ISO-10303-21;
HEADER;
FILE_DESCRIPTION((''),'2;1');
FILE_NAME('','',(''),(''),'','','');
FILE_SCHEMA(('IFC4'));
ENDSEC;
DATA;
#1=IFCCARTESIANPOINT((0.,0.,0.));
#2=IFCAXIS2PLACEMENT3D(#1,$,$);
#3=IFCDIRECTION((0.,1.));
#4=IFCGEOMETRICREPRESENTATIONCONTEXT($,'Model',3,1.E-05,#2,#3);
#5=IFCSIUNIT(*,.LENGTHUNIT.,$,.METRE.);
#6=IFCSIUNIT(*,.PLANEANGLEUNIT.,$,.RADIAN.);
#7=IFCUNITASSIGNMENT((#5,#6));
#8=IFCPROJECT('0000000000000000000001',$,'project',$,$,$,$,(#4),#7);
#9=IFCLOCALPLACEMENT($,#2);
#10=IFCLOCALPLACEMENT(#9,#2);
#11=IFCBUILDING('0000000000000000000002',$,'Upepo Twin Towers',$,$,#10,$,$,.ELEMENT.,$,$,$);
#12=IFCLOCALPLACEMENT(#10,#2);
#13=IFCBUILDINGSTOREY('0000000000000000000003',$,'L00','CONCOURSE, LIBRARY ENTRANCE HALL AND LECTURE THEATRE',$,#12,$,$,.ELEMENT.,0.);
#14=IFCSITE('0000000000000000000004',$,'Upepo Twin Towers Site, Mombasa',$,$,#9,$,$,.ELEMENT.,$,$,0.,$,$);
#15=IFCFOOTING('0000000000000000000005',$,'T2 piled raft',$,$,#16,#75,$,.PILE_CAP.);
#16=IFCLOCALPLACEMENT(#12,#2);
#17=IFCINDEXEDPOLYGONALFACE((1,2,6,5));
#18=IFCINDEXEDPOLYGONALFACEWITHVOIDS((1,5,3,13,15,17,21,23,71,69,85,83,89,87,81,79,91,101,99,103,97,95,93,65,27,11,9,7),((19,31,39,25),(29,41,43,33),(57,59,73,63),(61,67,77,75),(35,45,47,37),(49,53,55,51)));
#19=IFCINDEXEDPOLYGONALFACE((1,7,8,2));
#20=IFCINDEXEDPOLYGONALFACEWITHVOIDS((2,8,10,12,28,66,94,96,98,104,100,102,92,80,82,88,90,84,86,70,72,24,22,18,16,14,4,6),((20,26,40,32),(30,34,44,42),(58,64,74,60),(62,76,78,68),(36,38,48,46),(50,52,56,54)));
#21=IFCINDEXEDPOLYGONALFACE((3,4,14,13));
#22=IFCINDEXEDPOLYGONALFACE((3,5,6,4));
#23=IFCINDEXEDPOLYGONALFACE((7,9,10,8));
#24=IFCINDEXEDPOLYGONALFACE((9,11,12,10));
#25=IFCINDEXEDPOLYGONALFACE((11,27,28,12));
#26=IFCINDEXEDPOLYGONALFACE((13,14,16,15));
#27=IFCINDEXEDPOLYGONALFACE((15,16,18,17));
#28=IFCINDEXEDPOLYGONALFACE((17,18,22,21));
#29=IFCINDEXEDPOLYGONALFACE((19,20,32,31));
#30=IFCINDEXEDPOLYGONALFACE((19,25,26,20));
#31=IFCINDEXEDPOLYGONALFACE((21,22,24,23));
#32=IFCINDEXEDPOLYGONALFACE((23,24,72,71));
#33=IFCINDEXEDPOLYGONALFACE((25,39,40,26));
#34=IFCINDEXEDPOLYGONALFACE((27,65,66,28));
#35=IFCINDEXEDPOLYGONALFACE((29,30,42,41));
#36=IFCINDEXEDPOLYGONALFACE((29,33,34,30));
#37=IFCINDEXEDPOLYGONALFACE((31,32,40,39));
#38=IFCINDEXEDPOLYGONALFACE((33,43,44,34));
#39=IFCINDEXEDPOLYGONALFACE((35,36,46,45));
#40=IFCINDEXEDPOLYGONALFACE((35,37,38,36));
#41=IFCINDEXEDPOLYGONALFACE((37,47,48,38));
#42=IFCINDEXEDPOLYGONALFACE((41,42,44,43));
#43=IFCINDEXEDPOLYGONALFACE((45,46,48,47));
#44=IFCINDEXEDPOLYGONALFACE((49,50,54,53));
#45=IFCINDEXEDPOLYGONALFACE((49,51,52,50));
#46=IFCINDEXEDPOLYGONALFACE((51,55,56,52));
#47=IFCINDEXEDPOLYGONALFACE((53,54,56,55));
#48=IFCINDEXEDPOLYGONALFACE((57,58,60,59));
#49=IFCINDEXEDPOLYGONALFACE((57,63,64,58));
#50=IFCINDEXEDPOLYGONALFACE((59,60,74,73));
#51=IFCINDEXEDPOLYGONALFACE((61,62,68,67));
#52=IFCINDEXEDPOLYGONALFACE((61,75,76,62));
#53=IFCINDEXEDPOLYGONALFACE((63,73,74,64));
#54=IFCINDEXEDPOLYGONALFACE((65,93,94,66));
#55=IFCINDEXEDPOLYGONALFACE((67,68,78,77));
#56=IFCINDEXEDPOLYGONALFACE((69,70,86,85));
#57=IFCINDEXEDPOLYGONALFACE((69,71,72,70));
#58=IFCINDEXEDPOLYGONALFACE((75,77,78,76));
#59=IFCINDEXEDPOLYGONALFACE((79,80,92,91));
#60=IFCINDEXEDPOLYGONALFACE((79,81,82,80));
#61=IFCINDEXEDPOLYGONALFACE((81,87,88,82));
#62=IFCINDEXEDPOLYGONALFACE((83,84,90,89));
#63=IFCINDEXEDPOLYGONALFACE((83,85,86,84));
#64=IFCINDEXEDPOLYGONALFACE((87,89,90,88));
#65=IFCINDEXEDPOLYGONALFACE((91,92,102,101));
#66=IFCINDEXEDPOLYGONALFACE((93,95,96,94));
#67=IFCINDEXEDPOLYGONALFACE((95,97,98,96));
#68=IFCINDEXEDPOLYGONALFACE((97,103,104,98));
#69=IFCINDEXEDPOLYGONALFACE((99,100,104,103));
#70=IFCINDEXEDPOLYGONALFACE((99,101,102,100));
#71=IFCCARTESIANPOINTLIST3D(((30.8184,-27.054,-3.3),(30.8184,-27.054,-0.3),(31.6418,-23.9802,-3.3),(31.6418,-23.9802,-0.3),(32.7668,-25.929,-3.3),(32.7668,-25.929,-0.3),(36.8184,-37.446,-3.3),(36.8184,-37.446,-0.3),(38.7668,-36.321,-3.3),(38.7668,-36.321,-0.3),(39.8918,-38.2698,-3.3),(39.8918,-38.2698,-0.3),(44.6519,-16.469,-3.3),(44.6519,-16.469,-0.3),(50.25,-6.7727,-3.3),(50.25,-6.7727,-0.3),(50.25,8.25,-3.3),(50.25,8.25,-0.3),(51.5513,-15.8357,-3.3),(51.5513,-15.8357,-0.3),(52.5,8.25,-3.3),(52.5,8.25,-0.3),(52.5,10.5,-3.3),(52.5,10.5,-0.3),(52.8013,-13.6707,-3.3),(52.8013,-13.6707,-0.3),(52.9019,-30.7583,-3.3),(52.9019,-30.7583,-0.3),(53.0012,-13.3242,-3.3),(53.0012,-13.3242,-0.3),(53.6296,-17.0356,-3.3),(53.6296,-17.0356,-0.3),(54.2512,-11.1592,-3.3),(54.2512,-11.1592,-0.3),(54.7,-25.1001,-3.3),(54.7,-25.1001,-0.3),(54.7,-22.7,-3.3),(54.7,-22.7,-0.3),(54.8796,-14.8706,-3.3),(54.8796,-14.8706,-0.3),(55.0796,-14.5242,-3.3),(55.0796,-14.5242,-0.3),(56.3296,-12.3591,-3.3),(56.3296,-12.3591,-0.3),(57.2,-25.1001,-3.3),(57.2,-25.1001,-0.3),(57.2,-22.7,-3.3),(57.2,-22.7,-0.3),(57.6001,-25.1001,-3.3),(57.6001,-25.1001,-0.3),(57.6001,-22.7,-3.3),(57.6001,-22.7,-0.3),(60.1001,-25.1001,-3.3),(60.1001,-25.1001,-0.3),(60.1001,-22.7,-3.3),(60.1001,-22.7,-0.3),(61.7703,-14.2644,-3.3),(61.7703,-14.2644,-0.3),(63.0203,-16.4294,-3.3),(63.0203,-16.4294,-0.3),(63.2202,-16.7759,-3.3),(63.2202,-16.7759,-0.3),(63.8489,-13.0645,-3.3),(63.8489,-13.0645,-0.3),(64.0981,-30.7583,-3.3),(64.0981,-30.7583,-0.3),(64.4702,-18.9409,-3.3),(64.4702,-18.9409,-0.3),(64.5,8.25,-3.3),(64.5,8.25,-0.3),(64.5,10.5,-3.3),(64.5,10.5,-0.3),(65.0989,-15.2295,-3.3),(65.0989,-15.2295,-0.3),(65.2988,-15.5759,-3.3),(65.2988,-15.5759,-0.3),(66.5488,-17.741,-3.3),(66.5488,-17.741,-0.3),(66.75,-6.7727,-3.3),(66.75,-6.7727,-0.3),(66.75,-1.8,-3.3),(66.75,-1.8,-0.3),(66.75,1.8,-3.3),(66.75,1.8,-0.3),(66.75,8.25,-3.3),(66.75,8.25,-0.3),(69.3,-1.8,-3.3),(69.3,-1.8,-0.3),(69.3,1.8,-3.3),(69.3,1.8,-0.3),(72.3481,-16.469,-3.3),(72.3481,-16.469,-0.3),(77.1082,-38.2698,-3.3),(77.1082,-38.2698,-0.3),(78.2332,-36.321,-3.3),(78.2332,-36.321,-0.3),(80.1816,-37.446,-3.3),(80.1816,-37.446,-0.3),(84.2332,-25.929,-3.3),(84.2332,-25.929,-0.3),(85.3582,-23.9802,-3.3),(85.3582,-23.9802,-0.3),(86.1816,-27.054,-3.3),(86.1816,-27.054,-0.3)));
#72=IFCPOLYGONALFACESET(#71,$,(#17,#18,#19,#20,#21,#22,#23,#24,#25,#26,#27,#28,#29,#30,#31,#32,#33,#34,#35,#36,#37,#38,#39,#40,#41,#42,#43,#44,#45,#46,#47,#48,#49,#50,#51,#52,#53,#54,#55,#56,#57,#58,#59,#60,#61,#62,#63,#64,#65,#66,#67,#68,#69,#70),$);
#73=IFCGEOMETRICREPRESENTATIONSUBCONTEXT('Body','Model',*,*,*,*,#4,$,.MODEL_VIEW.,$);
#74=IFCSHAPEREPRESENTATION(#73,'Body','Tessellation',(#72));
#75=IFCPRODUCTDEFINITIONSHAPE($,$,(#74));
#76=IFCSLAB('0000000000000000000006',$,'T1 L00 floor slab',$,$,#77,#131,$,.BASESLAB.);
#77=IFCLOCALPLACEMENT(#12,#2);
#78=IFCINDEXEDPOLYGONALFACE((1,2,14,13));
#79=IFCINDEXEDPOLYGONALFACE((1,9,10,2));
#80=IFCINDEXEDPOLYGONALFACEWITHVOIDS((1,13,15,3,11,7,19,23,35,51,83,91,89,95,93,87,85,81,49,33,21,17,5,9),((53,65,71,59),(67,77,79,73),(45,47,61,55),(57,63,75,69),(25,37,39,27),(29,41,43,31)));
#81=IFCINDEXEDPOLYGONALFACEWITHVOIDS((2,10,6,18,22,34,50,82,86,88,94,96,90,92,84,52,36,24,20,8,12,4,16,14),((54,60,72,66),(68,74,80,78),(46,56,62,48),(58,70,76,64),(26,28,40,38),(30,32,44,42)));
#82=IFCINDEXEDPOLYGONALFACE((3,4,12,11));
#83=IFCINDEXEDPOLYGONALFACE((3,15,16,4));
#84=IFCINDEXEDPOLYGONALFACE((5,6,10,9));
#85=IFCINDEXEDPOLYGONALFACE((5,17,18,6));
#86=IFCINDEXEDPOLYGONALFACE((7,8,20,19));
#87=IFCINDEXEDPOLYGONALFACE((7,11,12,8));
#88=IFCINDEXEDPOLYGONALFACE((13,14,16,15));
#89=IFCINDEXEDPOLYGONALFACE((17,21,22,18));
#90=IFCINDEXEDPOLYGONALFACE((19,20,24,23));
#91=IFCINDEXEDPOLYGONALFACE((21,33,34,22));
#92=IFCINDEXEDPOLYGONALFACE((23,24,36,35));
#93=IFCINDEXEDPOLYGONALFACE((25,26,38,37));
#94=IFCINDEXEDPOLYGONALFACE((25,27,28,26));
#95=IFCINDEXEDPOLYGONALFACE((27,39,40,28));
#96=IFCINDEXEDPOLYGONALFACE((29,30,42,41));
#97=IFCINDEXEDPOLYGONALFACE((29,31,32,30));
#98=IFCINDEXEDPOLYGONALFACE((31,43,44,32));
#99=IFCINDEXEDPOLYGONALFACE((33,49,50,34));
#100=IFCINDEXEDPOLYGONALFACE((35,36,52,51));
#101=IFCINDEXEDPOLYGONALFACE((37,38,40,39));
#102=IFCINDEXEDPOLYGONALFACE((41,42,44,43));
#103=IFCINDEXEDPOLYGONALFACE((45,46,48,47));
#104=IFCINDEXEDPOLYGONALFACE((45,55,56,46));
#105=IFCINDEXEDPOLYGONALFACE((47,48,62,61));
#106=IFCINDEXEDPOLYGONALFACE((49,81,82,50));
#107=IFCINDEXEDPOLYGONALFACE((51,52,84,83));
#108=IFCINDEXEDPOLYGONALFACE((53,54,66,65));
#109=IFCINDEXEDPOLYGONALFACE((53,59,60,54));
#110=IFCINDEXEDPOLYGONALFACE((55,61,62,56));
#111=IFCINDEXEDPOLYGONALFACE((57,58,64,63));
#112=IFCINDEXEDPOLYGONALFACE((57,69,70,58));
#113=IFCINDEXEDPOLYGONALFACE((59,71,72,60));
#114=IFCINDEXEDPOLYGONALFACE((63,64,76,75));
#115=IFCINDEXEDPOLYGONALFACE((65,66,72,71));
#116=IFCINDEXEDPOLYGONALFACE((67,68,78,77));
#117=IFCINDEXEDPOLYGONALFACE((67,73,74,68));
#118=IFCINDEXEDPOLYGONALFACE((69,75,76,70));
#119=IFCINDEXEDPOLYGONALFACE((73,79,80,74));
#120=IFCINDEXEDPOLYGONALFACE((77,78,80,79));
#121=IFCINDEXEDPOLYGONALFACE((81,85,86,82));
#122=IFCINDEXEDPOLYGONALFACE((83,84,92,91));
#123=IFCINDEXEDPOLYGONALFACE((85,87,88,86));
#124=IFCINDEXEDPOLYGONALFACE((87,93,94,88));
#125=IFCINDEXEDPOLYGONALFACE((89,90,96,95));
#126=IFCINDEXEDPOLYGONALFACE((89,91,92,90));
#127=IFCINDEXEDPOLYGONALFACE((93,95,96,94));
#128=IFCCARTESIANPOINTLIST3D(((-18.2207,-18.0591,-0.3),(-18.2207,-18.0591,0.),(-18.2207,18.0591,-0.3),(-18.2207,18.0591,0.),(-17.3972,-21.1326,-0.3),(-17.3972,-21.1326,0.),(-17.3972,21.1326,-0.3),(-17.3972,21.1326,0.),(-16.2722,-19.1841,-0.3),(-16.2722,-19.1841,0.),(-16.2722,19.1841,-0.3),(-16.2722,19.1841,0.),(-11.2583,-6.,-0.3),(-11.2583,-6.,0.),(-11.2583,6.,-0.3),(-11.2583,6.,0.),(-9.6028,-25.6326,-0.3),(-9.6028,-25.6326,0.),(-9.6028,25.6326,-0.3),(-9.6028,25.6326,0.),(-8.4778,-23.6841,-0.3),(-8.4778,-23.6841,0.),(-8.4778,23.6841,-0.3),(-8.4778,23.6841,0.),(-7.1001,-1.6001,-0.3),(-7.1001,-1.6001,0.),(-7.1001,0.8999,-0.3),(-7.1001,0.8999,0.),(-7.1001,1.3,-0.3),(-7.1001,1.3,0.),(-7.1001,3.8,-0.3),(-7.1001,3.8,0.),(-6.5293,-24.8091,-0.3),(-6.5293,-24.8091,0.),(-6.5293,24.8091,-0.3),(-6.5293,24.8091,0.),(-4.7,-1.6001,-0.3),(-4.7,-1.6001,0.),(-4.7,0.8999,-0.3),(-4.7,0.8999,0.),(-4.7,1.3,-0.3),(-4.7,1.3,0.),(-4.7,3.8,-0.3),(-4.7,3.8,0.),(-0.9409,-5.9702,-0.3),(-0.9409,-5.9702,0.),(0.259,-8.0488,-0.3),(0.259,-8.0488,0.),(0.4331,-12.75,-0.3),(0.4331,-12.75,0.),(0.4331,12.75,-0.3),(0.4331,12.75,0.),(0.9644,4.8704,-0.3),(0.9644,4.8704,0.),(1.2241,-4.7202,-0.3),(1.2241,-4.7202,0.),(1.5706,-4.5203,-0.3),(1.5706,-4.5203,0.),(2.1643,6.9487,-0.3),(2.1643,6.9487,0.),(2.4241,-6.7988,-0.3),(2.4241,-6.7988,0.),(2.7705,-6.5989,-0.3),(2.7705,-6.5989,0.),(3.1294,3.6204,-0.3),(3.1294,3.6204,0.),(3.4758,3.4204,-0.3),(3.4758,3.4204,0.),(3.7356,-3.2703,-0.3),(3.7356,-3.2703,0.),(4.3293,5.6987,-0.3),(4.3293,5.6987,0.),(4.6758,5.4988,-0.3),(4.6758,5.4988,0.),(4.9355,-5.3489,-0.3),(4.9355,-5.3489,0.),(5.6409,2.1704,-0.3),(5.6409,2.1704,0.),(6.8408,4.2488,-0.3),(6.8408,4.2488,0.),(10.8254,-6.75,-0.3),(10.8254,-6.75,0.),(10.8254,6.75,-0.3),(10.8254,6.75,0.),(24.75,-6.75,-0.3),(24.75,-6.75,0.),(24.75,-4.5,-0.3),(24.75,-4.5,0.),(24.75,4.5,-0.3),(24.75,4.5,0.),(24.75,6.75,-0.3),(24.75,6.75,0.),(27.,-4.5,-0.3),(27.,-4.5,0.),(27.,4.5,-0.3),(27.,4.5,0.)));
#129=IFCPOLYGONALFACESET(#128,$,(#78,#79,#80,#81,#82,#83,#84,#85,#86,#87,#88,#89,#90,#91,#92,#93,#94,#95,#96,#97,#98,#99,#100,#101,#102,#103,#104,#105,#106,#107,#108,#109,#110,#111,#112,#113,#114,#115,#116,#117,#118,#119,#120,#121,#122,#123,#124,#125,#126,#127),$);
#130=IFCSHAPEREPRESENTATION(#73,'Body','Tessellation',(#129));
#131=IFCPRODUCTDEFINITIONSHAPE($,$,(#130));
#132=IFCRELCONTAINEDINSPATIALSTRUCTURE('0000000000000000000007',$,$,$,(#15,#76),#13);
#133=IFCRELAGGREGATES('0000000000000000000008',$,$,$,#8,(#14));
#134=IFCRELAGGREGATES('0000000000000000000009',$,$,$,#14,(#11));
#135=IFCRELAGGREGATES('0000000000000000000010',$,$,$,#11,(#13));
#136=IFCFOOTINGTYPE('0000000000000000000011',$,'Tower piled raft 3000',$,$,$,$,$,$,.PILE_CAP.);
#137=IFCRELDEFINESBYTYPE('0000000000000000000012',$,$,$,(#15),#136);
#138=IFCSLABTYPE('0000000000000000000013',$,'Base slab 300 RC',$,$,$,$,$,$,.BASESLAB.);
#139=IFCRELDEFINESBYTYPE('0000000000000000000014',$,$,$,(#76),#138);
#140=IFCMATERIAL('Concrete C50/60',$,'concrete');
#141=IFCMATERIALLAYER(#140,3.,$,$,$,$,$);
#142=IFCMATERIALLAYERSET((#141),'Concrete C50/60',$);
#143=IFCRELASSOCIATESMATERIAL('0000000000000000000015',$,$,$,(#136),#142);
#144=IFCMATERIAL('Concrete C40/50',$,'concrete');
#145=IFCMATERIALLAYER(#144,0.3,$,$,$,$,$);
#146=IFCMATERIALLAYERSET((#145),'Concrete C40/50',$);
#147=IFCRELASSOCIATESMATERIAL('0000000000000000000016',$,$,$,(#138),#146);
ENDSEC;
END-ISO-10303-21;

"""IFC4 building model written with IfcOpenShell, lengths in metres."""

from ifc_helpers import new_model, si_unit, direction, frame, origin, place, context, subcontext, project, spatial, polyline, outline, extrude, material, layer, layer_set, type_object, element, save


model = new_model("IFC4")

# Units and contexts
model_context = context("Model", 3, precision=1e-05, world=origin(), true_north=direction((0.0, 1.0)))
body_context = subcontext(model_context, "Body", "Model", "MODEL_VIEW")
ifc_project = project(units=[si_unit("LENGTHUNIT", "METRE"), si_unit("PLANEANGLEUNIT", "RADIAN")], contexts=[model_context])

# Site, building, storey
site_placement = place(None, origin())
site = spatial("IfcSite", under=ifc_project, at=site_placement, Name="Upepo Twin Towers Site, Mombasa", CompositionType="ELEMENT", RefElevation=0.0)
building_placement = place(site_placement, origin())
building = spatial("IfcBuilding", under=site, at=building_placement, Name="Upepo Twin Towers", CompositionType="ELEMENT")
storey_placement = place(building_placement, origin())
storey = spatial("IfcBuildingStorey", under=building, at=storey_placement, Name="L00", Description="CONCOURSE, LIBRARY ENTRANCE HALL AND LECTURE THEATRE", CompositionType="ELEMENT", Elevation=0.0)

# Footing
ifc_material_1 = material(Name="Concrete C50/60", Category="concrete")
ifc_layer_1 = layer(ifc_material_1, 3.0)
ifc_layer_set_1 = layer_set([ifc_layer_1], Name="Concrete C50/60")
footing_type_1 = type_object("IfcFootingType", Name="Tower piled raft 3000", PredefinedType="PILE_CAP", material=ifc_layer_set_1)
footing_1_placement = place(storey_placement, frame((0.0, 0.0, -3.3)))
element("IfcFooting", 1, at=footing_1_placement, inside=storey, type_object=footing_type_1, Name="T2 piled raft", PredefinedType="PILE_CAP", context=body_context, shape_type="SweptSolid", body=[
    extrude(outline(polyline([(86.1816, -27.054), (80.1816, -37.446), (78.2332, -36.321), (77.1082, -38.2698), (64.0981, -30.7583), (52.9019, -30.7583), (39.8918, -38.2698), (38.7668, -36.321), (36.8184, -37.446), (30.8184, -27.054), (32.7668, -25.929), (31.6418, -23.9802), (44.6519, -16.469), (50.25, -6.7727), (50.25, 8.25), (52.5, 8.25), (52.5, 10.5), (64.5, 10.5), (64.5, 8.25), (66.75, 8.25), (66.75, 1.8), (69.3, 1.8), (69.3, -1.8), (66.75, -1.8), (66.75, -6.7727), (72.3481, -16.469), (85.3582, -23.9802), (84.2332, -25.929), (86.1816, -27.054)]), holes=[polyline([(56.3296, -12.3591), (54.2512, -11.1592), (53.0012, -13.3242), (55.0796, -14.5242), (56.3296, -12.3591)]), polyline([(54.8796, -14.8706), (52.8013, -13.6707), (51.5513, -15.8357), (53.6296, -17.0356), (54.8796, -14.8706)]), polyline([(54.7, -22.7), (54.7, -25.1001), (57.2, -25.1001), (57.2, -22.7), (54.7, -22.7)]), polyline([(57.6001, -22.7), (57.6001, -25.1001), (60.1001, -25.1001), (60.1001, -22.7), (57.6001, -22.7)]), polyline([(64.4702, -18.9409), (66.5488, -17.741), (65.2988, -15.5759), (63.2202, -16.7759), (64.4702, -18.9409)]), polyline([(63.0203, -16.4294), (65.0989, -15.2295), (63.8489, -13.0645), (61.7703, -14.2644), (63.0203, -16.4294)])]), origin(), (0.0, 0.0, 1.0), 3.0),
])

# Slab
ifc_material_2 = material(Name="Concrete C40/50", Category="concrete")
ifc_layer_2 = layer(ifc_material_2, 0.3)
ifc_layer_set_2 = layer_set([ifc_layer_2], Name="Concrete C40/50")
slab_type_1 = type_object("IfcSlabType", Name="Base slab 300 RC", PredefinedType="BASESLAB", material=ifc_layer_set_2)
slab_1_placement = place(storey_placement, frame((0.0, 0.0, -0.3)))
element("IfcSlab", 2, at=slab_1_placement, inside=storey, type_object=slab_type_1, Name="T1 L00 floor slab", PredefinedType="BASESLAB", context=body_context, shape_type="SweptSolid", body=[
    extrude(outline(polyline([(-8.4778, -23.6841), (-9.6028, -25.6326), (-17.3972, -21.1326), (-16.2722, -19.1841), (-18.2207, -18.0591), (-11.2583, -6.0), (-11.2583, 6.0), (-18.2207, 18.0591), (-16.2722, 19.1841), (-17.3972, 21.1326), (-9.6028, 25.6326), (-8.4778, 23.6841), (-6.5293, 24.8091), (0.4331, 12.75), (10.8254, 6.75), (24.75, 6.75), (24.75, 4.5), (27.0, 4.5), (27.0, -4.5), (24.75, -4.5), (24.75, -6.75), (10.8254, -6.75), (0.4331, -12.75), (-6.5293, -24.8091), (-8.4778, -23.6841)]), holes=[polyline([(5.6409, 2.1704), (6.8408, 4.2488), (4.6758, 5.4988), (3.4758, 3.4204), (5.6409, 2.1704)]), polyline([(3.1294, 3.6204), (4.3293, 5.6987), (2.1643, 6.9487), (0.9644, 4.8704), (3.1294, 3.6204)]), polyline([(-4.7, 3.8), (-7.1001, 3.8), (-7.1001, 1.3), (-4.7, 1.3), (-4.7, 3.8)]), polyline([(-4.7, 0.8999), (-7.1001, 0.8999), (-7.1001, -1.6001), (-4.7, -1.6001), (-4.7, 0.8999)]), polyline([(-0.9409, -5.9702), (0.259, -8.0488), (2.4241, -6.7988), (1.2241, -4.7202), (-0.9409, -5.9702)]), polyline([(1.5706, -4.5203), (2.7705, -6.5989), (4.9355, -5.3489), (3.7356, -3.2703), (1.5706, -4.5203)])]), origin(), (0.0, 0.0, 1.0), 0.3),
])

save(model, "model.ifc")
